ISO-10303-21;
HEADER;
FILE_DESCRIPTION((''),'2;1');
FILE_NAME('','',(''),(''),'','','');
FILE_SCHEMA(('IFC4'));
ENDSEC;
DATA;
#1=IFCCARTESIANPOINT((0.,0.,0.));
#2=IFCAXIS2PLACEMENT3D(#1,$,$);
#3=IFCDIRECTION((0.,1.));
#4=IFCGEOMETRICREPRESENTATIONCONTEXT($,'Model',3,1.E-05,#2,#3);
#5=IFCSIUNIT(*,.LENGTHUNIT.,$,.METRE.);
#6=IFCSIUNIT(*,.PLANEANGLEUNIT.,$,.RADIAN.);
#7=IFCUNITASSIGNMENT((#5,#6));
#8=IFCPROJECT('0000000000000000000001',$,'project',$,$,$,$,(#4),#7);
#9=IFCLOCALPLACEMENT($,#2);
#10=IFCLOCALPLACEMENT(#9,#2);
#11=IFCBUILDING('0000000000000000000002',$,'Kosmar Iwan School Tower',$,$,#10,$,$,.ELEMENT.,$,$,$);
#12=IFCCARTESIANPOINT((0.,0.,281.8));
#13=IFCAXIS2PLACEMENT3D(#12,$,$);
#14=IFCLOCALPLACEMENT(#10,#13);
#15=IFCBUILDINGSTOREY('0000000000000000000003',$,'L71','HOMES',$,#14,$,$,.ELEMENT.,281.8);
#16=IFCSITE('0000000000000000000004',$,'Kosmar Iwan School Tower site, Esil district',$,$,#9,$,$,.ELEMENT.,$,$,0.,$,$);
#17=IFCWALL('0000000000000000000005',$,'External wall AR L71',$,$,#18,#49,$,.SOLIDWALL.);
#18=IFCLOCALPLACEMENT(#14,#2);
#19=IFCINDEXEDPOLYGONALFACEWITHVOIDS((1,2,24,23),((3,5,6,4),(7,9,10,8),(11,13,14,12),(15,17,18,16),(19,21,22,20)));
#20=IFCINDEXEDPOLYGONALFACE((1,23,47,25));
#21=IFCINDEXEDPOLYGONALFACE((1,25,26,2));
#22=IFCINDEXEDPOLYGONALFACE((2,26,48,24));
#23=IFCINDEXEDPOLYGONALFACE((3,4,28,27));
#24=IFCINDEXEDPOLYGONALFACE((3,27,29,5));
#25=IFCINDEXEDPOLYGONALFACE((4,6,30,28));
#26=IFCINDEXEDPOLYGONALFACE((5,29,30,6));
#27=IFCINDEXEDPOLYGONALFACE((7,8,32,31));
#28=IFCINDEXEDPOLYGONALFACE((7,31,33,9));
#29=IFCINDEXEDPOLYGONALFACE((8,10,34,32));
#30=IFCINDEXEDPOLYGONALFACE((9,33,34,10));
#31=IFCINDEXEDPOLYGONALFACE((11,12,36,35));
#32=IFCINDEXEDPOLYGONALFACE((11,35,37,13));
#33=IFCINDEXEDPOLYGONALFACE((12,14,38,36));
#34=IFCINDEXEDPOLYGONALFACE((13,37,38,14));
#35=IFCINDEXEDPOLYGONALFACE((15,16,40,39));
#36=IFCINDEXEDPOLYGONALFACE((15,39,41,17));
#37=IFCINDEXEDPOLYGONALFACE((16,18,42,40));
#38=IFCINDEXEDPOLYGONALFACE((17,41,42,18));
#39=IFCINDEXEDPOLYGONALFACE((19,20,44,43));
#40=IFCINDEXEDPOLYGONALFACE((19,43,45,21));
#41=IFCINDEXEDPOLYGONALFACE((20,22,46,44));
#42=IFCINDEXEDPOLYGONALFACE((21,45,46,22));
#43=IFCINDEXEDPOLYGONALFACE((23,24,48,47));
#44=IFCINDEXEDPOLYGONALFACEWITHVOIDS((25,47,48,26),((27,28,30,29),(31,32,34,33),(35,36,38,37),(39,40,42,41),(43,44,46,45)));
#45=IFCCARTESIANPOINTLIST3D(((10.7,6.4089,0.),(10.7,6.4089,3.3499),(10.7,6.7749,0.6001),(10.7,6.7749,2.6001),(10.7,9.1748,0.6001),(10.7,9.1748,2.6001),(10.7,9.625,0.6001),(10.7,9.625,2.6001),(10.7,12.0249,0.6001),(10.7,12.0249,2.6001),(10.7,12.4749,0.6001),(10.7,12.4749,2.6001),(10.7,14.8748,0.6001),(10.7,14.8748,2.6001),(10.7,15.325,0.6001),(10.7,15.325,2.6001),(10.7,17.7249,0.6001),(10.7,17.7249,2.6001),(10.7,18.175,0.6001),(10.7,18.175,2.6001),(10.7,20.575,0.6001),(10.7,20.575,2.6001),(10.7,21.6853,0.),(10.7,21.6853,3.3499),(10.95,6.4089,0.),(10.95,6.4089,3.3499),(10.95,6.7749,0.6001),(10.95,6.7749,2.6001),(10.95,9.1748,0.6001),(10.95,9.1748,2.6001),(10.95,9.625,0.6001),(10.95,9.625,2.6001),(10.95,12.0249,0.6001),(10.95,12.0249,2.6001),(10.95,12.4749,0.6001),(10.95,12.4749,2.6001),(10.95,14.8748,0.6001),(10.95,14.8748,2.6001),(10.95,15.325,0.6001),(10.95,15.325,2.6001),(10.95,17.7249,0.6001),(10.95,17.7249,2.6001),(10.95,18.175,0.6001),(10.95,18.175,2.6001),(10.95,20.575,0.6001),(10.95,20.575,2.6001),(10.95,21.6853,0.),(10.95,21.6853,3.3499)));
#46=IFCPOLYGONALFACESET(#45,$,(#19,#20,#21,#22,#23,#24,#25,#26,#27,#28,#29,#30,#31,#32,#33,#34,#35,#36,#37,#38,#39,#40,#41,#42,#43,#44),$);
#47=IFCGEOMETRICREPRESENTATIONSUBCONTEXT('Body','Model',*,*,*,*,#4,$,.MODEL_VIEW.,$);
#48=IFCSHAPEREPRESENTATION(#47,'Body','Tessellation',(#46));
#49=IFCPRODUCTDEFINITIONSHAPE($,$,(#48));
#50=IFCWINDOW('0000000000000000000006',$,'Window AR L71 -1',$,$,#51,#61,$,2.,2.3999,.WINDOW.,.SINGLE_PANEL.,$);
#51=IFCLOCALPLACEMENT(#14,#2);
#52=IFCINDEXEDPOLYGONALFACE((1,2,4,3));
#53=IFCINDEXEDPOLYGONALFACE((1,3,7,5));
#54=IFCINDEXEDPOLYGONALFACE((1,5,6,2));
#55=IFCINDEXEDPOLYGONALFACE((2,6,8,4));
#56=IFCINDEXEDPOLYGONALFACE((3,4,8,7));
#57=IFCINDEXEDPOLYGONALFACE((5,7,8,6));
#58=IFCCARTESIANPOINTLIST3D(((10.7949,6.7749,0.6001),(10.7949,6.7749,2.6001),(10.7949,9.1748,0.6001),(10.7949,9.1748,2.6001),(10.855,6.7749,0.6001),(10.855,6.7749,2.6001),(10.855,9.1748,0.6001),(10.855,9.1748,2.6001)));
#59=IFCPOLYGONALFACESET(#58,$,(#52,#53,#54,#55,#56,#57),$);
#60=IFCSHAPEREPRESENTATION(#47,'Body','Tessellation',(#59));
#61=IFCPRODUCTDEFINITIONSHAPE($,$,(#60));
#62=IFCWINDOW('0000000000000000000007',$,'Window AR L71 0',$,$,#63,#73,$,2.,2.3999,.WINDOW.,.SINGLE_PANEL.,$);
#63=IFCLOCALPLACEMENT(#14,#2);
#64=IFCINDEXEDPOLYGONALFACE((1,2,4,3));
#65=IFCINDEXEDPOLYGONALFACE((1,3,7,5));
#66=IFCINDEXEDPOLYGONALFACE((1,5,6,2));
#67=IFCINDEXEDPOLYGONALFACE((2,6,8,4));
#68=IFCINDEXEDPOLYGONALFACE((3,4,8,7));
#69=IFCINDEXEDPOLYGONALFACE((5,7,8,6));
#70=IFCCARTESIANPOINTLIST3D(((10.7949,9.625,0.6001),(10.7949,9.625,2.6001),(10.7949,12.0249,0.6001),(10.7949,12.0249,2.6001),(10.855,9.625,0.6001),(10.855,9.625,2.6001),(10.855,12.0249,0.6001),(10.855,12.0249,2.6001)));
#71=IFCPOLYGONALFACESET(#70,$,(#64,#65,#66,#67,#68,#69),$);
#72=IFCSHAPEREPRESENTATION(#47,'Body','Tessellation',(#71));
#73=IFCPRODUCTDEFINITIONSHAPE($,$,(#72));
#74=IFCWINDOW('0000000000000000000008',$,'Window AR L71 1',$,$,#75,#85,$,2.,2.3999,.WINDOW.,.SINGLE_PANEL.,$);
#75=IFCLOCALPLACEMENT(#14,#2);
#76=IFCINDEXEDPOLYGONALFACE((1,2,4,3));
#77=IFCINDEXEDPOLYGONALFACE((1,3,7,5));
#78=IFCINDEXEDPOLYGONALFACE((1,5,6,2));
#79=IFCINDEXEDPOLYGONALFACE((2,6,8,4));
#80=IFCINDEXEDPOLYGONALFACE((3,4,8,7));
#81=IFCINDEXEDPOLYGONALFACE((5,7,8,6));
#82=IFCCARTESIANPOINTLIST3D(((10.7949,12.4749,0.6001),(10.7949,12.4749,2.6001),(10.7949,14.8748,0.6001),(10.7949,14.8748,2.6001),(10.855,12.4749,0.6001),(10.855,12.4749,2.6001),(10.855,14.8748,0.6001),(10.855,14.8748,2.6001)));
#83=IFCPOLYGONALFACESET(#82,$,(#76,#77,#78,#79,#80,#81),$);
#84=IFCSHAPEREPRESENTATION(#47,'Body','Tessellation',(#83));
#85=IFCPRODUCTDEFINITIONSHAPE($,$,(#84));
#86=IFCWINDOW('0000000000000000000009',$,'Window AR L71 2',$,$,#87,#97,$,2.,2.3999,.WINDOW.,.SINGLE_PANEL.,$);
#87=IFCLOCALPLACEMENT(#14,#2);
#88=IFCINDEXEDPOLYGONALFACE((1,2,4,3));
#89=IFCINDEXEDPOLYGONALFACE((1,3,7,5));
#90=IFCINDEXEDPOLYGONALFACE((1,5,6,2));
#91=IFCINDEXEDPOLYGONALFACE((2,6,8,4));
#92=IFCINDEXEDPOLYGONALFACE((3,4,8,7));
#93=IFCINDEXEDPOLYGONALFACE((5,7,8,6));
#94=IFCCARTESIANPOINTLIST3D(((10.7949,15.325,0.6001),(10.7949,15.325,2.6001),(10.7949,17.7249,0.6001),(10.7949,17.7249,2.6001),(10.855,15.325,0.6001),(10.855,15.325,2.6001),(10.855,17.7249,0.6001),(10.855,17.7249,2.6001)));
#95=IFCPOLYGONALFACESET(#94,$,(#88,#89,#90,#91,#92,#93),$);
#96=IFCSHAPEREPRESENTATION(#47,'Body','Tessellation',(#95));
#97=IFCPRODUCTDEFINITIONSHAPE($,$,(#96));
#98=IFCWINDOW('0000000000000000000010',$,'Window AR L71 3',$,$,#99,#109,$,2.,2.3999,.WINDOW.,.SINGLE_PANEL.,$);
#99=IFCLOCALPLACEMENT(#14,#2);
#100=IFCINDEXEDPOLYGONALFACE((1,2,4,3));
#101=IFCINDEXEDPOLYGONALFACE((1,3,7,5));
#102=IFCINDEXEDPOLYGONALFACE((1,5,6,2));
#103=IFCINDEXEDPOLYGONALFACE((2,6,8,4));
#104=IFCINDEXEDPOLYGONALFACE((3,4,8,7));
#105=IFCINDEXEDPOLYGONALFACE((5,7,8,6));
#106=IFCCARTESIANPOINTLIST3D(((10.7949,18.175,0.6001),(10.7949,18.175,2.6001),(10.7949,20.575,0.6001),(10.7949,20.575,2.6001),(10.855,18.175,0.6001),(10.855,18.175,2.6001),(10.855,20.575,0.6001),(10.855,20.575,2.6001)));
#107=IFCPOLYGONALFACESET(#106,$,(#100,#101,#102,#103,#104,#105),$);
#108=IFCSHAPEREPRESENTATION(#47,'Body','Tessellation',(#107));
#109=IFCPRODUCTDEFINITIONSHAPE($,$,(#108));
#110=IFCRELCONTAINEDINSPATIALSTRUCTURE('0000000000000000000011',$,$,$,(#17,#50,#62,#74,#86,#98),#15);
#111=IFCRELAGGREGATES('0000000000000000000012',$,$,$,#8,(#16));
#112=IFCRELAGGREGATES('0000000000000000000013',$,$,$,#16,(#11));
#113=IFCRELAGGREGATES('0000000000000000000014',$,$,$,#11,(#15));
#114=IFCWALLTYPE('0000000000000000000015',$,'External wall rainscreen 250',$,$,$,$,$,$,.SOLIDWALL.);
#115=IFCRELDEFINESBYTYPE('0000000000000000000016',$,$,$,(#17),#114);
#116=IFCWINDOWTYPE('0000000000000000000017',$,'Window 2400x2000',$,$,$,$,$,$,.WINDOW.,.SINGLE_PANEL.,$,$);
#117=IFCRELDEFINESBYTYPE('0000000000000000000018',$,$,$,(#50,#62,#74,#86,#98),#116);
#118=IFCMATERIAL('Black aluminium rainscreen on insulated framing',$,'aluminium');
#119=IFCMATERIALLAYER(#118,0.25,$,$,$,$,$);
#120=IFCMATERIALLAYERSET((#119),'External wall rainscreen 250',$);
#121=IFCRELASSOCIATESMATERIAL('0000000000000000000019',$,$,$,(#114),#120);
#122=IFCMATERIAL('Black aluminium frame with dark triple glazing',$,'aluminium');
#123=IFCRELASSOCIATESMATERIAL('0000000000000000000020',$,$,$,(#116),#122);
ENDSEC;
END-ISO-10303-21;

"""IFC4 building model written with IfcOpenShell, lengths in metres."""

from ifc_helpers import new_model, si_unit, direction, frame, frame_2d, origin, place, context, subcontext, project, spatial, rectangle, extrude, material, layer, layer_set, type_object, element, fill, save


model = new_model("IFC4")

# Units and contexts
model_context = context("Model", 3, precision=1e-05, world=origin(), true_north=direction((0.0, 1.0)))
body_context = subcontext(model_context, "Body", "Model", "MODEL_VIEW")
ifc_project = project(units=[si_unit("LENGTHUNIT", "METRE"), si_unit("PLANEANGLEUNIT", "RADIAN")], contexts=[model_context])

# Site, building, storey
site_placement = place(None, origin())
site = spatial("IfcSite", under=ifc_project, at=site_placement, Name="Kosmar Iwan School Tower site, Esil district", CompositionType="ELEMENT", RefElevation=0.0)
building_placement = place(site_placement, origin())
building = spatial("IfcBuilding", under=site, at=building_placement, Name="Kosmar Iwan School Tower", CompositionType="ELEMENT")
storey_placement = place(building_placement, frame((0.0, 0.0, 281.8)))
storey = spatial("IfcBuildingStorey", under=building, at=storey_placement, Name="L71", Description="HOMES", CompositionType="ELEMENT", Elevation=281.8)

# Wall, openings, windows
ifc_material_1 = material(Name="Black aluminium rainscreen on insulated framing", Category="aluminium")
ifc_layer_1 = layer(ifc_material_1, 0.25)
ifc_layer_set_1 = layer_set([ifc_layer_1], Name="External wall rainscreen 250")
wall_type_1 = type_object("IfcWallType", Name="External wall rainscreen 250", PredefinedType="SOLIDWALL", material=ifc_layer_set_1)
wall_1_placement = place(storey_placement, frame((10.825, 6.4089, 0.0), z_axis=(0.0, 0.0, 1.0), x_axis=(0.0, 1.0, 0.0)))
wall_1 = element("IfcWall", 1, at=wall_1_placement, inside=storey, type_object=wall_type_1, Name="External wall AR L71", PredefinedType="SOLIDWALL", context=body_context, shape_type="SweptSolid", body=[
    extrude(rectangle(XDim=15.2764, YDim=0.25, at=frame_2d((7.6382, 0.0))), origin(), (0.0, 0.0, 1.0), 3.3499),
])
opening_1_placement = place(wall_1_placement, frame((0.366, 0.0, 0.6001)))
opening_1 = element("IfcOpeningElement", 2, at=opening_1_placement, cuts=wall_1, PredefinedType="OPENING", context=body_context, shape_type="SweptSolid", body=[
    extrude(rectangle(XDim=2.3999, YDim=2.0, at=frame_2d((1.2, 1.0))), frame((0.0, 0.137, 0.0), z_axis=(0.0, -1.0, 0.0), x_axis=(1.0, 0.0, 0.0)), (0.0, 0.0, 1.0), 0.2739),
])
opening_2_placement = place(wall_1_placement, frame((3.2161, 0.0, 0.6001)))
opening_2 = element("IfcOpeningElement", 3, at=opening_2_placement, cuts=wall_1, PredefinedType="OPENING", context=body_context, shape_type="SweptSolid", body=[
    extrude(rectangle(XDim=2.3999, YDim=2.0, at=frame_2d((1.2, 1.0))), frame((0.0, 0.137, 0.0), z_axis=(0.0, -1.0, 0.0), x_axis=(1.0, 0.0, 0.0)), (0.0, 0.0, 1.0), 0.2739),
])
opening_3_placement = place(wall_1_placement, frame((6.0659, 0.0, 0.6001)))
opening_3 = element("IfcOpeningElement", 4, at=opening_3_placement, cuts=wall_1, PredefinedType="OPENING", context=body_context, shape_type="SweptSolid", body=[
    extrude(rectangle(XDim=2.3999, YDim=2.0, at=frame_2d((1.2, 1.0))), frame((0.0, 0.137, 0.0), z_axis=(0.0, -1.0, 0.0), x_axis=(1.0, 0.0, 0.0)), (0.0, 0.0, 1.0), 0.2739),
])
opening_4_placement = place(wall_1_placement, frame((8.916, 0.0, 0.6001)))
opening_4 = element("IfcOpeningElement", 5, at=opening_4_placement, cuts=wall_1, PredefinedType="OPENING", context=body_context, shape_type="SweptSolid", body=[
    extrude(rectangle(XDim=2.3999, YDim=2.0, at=frame_2d((1.2, 1.0))), frame((0.0, 0.137, 0.0), z_axis=(0.0, -1.0, 0.0), x_axis=(1.0, 0.0, 0.0)), (0.0, 0.0, 1.0), 0.2739),
])
opening_5_placement = place(wall_1_placement, frame((11.7661, 0.0, 0.6001)))
opening_5 = element("IfcOpeningElement", 6, at=opening_5_placement, cuts=wall_1, PredefinedType="OPENING", context=body_context, shape_type="SweptSolid", body=[
    extrude(rectangle(XDim=2.3999, YDim=2.0, at=frame_2d((1.2, 1.0))), frame((0.0, 0.137, 0.0), z_axis=(0.0, -1.0, 0.0), x_axis=(1.0, 0.0, 0.0)), (0.0, 0.0, 1.0), 0.2739),
])
ifc_material_2 = material(Name="Black aluminium frame with dark triple glazing", Category="aluminium")
window_type = type_object("IfcWindowType", Name="Window 2400x2000", PartitioningType="SINGLE_PANEL", PredefinedType="WINDOW", material=ifc_material_2)
window_1_placement = place(opening_1_placement, origin())
window_1 = element("IfcWindow", 7, at=window_1_placement, inside=storey, type_object=window_type, Name="Window AR L71 -1", OverallHeight=2.0, OverallWidth=2.3999, PartitioningType="SINGLE_PANEL", PredefinedType="WINDOW", context=body_context, shape_type="SweptSolid", body=[
    extrude(rectangle(XDim=2.3999, YDim=2.0, at=frame_2d((1.2, 1.0))), frame((0.0, 0.03, 0.0), z_axis=(0.0, -1.0, 0.0), x_axis=(1.0, 0.0, 0.0)), (0.0, 0.0, 1.0), 0.0601),
])
fill(opening_1, window_1)
window_2_placement = place(opening_2_placement, origin())
window_2 = element("IfcWindow", 8, at=window_2_placement, inside=storey, type_object=window_type, Name="Window AR L71 0", OverallHeight=2.0, OverallWidth=2.3999, PartitioningType="SINGLE_PANEL", PredefinedType="WINDOW", context=body_context, shape_type="SweptSolid", body=[
    extrude(rectangle(XDim=2.3999, YDim=2.0, at=frame_2d((1.2, 1.0))), frame((0.0, 0.03, 0.0), z_axis=(0.0, -1.0, 0.0), x_axis=(1.0, 0.0, 0.0)), (0.0, 0.0, 1.0), 0.0601),
])
fill(opening_2, window_2)
window_3_placement = place(opening_3_placement, origin())
window_3 = element("IfcWindow", 9, at=window_3_placement, inside=storey, type_object=window_type, Name="Window AR L71 1", OverallHeight=2.0, OverallWidth=2.3999, PartitioningType="SINGLE_PANEL", PredefinedType="WINDOW", context=body_context, shape_type="SweptSolid", body=[
    extrude(rectangle(XDim=2.3999, YDim=2.0, at=frame_2d((1.2, 1.0))), frame((0.0, 0.03, 0.0), z_axis=(0.0, -1.0, 0.0), x_axis=(1.0, 0.0, 0.0)), (0.0, 0.0, 1.0), 0.0601),
])
fill(opening_3, window_3)
window_4_placement = place(opening_4_placement, origin())
window_4 = element("IfcWindow", 10, at=window_4_placement, inside=storey, type_object=window_type, Name="Window AR L71 2", OverallHeight=2.0, OverallWidth=2.3999, PartitioningType="SINGLE_PANEL", PredefinedType="WINDOW", context=body_context, shape_type="SweptSolid", body=[
    extrude(rectangle(XDim=2.3999, YDim=2.0, at=frame_2d((1.2, 1.0))), frame((0.0, 0.03, 0.0), z_axis=(0.0, -1.0, 0.0), x_axis=(1.0, 0.0, 0.0)), (0.0, 0.0, 1.0), 0.0601),
])
fill(opening_4, window_4)
window_5_placement = place(opening_5_placement, origin())
window_5 = element("IfcWindow", 11, at=window_5_placement, inside=storey, type_object=window_type, Name="Window AR L71 3", OverallHeight=2.0, OverallWidth=2.3999, PartitioningType="SINGLE_PANEL", PredefinedType="WINDOW", context=body_context, shape_type="SweptSolid", body=[
    extrude(rectangle(XDim=2.3999, YDim=2.0, at=frame_2d((1.2, 1.0))), frame((0.0, 0.03, 0.0), z_axis=(0.0, -1.0, 0.0), x_axis=(1.0, 0.0, 0.0)), (0.0, 0.0, 1.0), 0.0601),
])
fill(opening_5, window_5)

save(model, "model.ifc")
